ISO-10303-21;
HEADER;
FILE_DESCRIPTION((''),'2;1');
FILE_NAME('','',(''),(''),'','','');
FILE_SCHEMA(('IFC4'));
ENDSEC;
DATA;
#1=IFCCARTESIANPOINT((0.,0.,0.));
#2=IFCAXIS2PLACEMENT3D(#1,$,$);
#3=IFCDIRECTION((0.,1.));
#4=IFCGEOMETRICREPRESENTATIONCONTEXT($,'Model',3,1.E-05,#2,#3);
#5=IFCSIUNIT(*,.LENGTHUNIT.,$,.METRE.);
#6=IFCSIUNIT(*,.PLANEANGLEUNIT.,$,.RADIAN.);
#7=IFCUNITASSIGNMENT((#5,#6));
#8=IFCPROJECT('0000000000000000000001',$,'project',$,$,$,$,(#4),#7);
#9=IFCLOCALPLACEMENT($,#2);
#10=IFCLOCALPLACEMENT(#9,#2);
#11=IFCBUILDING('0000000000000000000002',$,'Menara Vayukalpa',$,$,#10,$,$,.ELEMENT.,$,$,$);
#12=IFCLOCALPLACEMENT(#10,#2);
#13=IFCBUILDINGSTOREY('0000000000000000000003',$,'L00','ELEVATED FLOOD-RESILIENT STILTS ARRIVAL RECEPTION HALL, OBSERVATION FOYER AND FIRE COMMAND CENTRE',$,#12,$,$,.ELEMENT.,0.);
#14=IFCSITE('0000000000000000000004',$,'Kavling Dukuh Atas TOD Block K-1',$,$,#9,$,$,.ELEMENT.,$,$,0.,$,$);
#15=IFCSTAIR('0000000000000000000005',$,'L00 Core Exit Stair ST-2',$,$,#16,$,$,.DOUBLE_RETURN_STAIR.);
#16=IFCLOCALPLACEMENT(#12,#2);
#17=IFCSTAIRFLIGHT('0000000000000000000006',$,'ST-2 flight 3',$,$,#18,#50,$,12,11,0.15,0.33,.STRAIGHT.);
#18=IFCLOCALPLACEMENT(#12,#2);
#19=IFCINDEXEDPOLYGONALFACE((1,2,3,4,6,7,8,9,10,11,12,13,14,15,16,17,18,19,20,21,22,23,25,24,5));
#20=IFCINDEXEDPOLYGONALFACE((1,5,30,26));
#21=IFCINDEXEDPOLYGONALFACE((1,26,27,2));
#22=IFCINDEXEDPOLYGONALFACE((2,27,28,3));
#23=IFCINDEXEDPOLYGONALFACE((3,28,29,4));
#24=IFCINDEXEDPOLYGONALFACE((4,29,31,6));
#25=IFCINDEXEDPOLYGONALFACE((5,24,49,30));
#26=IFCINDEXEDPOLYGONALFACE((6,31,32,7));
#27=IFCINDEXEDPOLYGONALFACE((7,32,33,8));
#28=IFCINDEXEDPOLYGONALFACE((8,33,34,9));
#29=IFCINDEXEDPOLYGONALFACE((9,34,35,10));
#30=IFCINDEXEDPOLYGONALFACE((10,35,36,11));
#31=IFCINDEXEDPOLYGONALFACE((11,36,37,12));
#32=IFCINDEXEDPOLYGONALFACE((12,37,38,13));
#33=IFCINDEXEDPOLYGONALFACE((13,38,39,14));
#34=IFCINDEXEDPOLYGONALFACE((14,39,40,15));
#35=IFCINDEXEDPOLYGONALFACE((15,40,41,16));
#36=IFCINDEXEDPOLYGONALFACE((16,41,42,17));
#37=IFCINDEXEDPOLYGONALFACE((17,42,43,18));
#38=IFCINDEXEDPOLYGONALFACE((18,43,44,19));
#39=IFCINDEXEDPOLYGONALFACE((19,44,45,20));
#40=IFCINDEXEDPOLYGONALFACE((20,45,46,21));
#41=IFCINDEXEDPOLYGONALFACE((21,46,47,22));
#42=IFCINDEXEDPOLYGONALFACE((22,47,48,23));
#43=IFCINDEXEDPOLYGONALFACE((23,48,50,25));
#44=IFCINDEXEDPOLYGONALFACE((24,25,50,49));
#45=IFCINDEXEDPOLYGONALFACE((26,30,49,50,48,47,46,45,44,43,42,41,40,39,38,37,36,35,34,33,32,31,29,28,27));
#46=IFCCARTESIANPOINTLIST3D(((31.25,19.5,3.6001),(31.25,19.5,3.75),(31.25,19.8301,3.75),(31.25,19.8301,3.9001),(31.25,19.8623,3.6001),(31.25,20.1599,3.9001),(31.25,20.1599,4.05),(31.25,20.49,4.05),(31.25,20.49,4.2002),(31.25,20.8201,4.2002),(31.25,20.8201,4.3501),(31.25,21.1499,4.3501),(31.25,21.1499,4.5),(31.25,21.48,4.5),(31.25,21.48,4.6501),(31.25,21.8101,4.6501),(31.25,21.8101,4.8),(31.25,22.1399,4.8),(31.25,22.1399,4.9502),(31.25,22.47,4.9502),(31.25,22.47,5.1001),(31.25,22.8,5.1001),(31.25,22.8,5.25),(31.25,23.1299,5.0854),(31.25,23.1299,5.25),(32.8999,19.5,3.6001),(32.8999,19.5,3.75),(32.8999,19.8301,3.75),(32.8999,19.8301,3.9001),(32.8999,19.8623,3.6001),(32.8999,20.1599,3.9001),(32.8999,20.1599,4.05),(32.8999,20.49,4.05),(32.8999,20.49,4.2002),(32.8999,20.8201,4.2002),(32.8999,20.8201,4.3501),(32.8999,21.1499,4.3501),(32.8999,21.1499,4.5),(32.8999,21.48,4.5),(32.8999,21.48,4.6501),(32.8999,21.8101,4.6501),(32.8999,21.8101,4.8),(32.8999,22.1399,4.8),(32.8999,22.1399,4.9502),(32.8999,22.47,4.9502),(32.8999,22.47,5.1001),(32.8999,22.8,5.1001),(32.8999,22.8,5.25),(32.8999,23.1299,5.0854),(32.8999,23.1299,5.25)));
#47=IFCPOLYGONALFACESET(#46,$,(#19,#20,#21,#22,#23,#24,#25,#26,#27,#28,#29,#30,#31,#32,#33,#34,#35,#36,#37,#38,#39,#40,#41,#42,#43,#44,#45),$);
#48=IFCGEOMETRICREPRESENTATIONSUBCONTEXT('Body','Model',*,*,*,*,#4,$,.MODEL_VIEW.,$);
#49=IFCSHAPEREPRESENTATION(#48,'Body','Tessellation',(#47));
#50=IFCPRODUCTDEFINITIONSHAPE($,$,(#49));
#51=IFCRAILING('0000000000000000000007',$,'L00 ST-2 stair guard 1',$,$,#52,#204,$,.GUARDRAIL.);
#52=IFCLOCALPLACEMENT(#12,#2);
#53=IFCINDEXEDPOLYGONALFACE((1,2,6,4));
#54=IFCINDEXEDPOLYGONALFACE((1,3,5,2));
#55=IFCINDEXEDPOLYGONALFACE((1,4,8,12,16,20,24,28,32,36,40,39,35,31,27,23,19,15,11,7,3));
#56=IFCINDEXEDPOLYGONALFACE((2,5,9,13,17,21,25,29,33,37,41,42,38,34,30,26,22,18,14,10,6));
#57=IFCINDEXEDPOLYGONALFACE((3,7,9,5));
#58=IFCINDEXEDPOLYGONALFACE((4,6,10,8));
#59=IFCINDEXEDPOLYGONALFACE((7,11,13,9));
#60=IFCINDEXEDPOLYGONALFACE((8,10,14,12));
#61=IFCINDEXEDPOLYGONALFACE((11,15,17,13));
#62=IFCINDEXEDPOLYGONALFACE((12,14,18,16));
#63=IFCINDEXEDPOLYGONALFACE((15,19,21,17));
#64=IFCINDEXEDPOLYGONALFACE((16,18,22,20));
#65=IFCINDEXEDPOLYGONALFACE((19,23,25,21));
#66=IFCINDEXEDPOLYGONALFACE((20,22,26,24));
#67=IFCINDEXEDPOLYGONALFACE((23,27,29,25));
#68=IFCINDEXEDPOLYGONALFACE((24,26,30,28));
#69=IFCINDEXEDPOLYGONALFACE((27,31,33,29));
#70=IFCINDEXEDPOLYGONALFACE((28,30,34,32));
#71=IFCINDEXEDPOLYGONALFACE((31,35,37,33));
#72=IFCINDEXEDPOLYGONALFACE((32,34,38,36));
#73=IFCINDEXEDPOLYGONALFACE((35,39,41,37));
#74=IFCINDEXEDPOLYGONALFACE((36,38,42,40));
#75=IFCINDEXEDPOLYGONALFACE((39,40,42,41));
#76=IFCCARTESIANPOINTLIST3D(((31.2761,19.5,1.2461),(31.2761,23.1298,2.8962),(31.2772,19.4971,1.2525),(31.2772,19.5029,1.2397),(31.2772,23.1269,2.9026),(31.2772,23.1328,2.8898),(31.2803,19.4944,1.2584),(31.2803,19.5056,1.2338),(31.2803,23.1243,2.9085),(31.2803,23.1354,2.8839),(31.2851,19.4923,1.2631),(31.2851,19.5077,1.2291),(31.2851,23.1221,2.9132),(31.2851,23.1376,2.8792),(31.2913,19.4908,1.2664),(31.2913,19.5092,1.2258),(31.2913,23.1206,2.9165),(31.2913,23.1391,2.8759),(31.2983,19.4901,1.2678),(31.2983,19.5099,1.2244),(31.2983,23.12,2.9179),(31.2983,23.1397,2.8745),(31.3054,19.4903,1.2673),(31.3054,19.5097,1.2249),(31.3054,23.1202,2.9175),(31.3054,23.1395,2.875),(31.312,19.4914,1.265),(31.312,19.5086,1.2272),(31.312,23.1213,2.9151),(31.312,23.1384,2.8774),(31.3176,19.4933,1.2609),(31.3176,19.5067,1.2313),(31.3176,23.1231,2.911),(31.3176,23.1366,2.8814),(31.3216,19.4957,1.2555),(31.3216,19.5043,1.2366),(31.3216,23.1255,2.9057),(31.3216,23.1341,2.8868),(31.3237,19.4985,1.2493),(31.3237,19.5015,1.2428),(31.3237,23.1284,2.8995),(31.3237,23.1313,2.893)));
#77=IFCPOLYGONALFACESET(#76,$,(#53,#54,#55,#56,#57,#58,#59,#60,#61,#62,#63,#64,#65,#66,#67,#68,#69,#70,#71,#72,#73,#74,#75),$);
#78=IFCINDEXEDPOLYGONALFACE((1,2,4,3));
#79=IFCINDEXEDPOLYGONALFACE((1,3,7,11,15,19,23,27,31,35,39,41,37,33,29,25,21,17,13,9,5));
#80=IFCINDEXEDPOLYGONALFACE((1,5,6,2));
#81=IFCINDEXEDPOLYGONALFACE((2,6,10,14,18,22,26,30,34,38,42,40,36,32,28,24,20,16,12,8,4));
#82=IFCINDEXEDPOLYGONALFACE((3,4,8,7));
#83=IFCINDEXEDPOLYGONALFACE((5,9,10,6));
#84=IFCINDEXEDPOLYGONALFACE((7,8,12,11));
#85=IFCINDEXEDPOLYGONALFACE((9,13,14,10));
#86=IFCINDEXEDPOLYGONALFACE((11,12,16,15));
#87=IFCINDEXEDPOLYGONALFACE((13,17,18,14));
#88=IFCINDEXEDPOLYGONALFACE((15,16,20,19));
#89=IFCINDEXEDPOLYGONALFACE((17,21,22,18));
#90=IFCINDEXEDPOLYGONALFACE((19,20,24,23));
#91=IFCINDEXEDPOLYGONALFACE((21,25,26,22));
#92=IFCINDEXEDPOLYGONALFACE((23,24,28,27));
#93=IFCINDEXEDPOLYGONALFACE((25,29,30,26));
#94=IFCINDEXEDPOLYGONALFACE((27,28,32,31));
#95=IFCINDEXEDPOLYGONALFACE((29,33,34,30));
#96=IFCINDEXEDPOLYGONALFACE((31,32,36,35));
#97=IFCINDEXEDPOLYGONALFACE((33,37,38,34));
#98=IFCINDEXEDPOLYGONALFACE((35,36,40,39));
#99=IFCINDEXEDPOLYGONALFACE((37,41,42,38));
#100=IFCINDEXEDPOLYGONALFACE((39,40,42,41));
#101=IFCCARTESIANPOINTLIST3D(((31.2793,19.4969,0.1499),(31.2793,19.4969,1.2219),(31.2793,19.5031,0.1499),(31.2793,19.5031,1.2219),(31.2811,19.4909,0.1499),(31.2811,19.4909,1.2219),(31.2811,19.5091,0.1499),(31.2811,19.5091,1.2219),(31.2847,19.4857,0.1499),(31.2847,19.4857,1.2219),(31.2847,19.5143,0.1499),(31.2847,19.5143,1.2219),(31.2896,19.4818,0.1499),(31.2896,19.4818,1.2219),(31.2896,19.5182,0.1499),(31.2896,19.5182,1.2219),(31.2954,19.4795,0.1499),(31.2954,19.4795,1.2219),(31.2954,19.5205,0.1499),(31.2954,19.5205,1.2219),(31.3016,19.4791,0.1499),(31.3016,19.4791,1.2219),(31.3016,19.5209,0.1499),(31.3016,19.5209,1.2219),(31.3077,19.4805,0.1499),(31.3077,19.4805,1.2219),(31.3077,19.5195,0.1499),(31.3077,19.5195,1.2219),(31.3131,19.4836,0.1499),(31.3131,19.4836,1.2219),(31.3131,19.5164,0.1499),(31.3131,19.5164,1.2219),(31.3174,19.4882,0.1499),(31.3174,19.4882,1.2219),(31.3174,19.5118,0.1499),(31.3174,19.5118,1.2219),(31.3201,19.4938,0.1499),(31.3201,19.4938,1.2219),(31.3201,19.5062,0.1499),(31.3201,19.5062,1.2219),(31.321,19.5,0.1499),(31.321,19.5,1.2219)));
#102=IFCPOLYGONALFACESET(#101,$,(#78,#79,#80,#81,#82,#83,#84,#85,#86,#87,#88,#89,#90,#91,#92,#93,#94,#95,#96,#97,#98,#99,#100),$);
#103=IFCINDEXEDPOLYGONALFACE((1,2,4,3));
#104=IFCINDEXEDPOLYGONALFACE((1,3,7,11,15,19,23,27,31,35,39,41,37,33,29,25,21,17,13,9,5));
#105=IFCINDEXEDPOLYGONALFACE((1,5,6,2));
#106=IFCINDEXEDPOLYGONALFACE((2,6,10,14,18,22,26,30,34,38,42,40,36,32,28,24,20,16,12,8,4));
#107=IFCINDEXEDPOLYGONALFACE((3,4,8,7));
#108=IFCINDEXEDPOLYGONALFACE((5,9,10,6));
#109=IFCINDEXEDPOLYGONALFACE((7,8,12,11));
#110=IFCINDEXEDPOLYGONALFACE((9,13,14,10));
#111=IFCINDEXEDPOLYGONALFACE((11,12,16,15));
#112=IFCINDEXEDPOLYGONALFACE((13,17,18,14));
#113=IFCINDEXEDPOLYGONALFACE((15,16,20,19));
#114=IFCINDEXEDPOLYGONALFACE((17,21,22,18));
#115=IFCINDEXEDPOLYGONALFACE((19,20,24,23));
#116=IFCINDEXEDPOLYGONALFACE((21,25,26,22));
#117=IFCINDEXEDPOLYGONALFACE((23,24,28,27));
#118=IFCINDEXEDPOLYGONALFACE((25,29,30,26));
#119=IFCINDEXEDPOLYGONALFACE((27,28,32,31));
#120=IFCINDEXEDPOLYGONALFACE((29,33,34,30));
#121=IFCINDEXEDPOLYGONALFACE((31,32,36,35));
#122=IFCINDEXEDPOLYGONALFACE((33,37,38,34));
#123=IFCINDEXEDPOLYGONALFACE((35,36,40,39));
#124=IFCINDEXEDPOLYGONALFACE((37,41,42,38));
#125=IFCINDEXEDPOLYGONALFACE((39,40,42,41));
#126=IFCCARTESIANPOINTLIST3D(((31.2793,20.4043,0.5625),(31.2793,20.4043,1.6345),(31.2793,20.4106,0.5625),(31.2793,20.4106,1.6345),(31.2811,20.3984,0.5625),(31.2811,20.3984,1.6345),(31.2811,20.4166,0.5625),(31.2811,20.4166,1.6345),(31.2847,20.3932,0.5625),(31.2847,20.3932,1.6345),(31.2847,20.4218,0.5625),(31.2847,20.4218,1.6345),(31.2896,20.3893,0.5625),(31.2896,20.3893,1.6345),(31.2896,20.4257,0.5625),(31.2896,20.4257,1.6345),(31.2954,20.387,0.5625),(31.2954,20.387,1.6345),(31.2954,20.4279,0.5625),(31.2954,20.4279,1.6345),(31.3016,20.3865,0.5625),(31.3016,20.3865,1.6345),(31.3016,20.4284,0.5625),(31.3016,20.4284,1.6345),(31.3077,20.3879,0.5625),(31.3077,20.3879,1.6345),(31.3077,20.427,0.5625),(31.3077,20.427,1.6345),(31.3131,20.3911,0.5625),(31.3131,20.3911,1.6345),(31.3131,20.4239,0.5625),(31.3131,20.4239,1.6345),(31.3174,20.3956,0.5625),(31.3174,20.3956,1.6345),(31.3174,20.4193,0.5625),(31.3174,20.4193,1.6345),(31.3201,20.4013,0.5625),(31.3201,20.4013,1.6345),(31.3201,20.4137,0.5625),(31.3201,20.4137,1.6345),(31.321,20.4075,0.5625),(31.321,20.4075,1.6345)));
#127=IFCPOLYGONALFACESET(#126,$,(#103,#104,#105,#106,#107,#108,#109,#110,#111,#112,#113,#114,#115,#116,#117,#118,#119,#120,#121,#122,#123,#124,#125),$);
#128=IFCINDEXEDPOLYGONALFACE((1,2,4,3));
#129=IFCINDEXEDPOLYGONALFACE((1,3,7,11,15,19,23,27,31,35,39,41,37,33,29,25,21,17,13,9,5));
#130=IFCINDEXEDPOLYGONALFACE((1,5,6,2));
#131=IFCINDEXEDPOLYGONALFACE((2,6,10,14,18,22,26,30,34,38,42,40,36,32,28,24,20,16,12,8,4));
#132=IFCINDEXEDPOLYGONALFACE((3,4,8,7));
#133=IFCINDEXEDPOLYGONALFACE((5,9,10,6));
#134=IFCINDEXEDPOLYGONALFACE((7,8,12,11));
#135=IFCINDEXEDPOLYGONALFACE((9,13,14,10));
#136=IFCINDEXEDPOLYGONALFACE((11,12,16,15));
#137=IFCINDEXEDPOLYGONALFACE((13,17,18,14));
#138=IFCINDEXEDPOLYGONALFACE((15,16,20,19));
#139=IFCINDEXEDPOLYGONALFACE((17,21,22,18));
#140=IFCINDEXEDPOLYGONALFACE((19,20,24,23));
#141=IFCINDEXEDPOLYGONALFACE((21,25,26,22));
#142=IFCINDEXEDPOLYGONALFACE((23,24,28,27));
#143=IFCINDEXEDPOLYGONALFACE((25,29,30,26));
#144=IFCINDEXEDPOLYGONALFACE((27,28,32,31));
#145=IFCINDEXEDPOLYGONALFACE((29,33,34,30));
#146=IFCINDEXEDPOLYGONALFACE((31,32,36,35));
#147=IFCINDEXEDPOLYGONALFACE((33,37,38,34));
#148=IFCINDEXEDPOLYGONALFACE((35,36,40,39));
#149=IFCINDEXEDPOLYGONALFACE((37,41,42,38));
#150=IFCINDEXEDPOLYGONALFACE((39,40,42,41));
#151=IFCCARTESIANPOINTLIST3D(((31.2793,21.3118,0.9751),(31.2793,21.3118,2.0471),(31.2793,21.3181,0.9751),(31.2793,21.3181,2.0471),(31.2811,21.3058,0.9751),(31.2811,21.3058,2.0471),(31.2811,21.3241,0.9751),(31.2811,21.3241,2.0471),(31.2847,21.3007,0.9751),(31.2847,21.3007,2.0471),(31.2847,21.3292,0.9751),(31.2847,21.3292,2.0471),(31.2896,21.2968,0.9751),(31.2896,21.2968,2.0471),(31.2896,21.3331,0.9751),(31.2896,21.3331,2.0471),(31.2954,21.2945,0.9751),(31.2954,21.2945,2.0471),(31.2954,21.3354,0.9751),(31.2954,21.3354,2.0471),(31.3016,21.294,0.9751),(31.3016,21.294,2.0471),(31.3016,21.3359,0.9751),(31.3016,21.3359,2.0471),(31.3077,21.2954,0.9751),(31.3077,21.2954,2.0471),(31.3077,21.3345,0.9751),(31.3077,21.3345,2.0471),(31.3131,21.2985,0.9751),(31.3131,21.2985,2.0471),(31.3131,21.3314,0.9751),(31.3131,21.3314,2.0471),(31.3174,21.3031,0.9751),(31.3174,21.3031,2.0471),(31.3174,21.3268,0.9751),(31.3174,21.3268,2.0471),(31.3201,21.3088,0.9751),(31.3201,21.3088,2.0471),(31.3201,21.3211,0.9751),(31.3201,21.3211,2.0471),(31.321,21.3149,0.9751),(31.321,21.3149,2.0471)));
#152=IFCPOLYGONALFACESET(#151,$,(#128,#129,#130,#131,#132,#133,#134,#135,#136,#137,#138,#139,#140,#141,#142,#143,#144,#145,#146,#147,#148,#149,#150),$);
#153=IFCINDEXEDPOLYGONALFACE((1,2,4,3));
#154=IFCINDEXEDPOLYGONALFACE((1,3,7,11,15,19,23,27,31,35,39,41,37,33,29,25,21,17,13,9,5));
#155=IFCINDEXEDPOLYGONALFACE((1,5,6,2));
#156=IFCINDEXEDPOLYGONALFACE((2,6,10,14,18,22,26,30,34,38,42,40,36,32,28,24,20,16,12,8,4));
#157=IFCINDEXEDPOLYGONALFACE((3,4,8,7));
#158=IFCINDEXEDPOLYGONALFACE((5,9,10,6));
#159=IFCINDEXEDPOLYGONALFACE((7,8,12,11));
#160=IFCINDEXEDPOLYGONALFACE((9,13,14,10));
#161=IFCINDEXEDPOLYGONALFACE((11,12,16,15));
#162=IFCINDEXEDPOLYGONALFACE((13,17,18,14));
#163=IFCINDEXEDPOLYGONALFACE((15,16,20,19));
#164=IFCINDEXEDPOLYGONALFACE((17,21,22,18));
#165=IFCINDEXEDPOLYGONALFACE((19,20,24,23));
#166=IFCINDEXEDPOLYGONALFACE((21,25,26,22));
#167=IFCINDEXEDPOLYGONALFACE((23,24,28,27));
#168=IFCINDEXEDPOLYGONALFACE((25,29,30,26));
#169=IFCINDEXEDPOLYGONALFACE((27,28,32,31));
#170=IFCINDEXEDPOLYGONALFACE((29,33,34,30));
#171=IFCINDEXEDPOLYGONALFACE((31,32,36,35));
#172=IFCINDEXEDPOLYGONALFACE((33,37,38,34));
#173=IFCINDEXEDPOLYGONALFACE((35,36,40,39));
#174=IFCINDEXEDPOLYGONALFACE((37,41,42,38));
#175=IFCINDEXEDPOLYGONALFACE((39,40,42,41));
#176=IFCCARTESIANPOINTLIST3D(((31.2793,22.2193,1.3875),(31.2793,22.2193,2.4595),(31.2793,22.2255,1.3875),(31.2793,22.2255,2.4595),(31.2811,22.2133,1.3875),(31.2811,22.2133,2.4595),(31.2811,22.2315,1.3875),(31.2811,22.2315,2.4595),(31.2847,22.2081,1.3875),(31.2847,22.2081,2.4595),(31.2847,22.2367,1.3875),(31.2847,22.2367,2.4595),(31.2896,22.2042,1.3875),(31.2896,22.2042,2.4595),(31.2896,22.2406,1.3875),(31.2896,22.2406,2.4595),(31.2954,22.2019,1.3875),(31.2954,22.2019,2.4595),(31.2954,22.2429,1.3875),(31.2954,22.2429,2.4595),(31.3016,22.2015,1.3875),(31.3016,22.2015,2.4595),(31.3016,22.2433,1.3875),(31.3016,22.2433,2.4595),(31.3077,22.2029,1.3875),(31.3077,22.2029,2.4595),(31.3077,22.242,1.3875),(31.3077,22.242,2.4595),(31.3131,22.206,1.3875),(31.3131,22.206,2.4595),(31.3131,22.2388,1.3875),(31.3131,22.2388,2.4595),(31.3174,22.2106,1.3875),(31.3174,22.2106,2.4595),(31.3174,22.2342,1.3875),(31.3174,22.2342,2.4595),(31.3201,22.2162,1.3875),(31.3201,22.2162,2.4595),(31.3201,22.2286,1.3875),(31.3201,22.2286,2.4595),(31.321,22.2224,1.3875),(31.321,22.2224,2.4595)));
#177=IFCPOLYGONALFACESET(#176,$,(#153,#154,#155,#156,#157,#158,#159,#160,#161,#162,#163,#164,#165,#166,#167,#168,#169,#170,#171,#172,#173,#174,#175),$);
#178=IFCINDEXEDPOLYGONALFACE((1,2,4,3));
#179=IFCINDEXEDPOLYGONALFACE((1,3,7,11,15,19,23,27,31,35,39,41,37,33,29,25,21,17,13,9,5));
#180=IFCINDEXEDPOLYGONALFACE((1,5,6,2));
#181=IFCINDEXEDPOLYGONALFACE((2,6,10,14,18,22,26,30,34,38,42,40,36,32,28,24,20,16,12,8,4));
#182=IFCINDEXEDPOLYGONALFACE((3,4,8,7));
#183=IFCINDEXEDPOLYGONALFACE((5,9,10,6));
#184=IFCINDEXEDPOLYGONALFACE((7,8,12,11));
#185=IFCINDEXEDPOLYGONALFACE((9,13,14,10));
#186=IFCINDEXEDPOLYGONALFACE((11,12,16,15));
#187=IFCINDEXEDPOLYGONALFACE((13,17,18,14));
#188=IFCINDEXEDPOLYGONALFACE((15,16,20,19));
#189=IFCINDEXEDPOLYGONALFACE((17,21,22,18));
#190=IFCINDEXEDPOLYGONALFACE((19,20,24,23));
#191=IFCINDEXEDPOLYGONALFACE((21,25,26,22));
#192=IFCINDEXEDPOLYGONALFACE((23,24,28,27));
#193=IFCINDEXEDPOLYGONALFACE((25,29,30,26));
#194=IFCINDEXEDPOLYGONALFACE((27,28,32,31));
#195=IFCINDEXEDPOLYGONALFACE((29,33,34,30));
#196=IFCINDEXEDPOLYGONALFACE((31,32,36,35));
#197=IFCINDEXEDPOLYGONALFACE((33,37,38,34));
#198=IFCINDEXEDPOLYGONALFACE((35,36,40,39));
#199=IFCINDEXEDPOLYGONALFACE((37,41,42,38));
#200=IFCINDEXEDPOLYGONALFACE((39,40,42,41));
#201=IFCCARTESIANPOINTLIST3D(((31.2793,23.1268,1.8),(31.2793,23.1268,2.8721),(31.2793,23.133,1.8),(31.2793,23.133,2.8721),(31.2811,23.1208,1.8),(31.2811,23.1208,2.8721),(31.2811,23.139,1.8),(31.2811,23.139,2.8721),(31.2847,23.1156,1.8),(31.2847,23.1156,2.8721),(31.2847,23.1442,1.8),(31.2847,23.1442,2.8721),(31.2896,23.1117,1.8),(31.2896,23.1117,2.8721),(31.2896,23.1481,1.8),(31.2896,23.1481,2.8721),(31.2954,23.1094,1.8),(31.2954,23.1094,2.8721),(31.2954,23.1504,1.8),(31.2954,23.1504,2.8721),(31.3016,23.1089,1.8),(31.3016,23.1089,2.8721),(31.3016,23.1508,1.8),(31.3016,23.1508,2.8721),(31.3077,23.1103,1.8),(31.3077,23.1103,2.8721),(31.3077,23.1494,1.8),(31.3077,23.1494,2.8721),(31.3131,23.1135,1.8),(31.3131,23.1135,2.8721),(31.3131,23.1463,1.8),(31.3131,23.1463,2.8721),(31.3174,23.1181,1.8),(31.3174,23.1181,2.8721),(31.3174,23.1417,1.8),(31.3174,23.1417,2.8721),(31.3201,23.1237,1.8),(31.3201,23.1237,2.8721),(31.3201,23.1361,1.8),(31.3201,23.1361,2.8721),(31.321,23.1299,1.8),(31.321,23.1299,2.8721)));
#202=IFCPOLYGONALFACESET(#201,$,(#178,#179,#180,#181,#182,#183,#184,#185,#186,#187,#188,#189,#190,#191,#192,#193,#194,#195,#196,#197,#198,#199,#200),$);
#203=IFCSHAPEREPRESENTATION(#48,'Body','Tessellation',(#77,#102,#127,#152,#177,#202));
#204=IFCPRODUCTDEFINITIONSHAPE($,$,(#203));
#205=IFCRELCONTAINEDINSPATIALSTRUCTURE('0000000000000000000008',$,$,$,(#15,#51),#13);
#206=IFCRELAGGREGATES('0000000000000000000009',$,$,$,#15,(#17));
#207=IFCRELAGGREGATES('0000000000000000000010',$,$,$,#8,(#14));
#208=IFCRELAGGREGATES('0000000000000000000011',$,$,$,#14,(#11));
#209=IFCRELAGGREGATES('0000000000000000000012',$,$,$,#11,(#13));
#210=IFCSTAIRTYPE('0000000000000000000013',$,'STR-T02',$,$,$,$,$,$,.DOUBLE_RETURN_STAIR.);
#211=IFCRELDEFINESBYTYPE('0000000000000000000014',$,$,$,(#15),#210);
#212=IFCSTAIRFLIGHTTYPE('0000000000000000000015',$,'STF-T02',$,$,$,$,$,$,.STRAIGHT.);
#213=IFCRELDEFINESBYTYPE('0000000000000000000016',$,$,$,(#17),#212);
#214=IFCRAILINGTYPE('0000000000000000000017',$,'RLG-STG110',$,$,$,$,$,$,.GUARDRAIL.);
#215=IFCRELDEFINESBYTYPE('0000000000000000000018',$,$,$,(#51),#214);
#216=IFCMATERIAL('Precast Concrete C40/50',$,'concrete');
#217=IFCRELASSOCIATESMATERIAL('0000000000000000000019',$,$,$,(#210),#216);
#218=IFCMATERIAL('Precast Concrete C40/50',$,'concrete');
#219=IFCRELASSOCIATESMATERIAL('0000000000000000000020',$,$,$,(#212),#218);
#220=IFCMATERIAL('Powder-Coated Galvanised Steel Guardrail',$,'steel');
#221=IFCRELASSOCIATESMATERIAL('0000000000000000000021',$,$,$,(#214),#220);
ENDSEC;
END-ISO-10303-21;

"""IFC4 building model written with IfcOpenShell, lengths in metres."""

from ifc_helpers import new_model, si_unit, direction, frame, origin, origin_2d, place, context, subcontext, project, spatial, polyline, circle, outline, extrude, material, type_object, element, aggregate, save


model = new_model("IFC4")

# Units and contexts
model_context = context("Model", 3, precision=1e-05, world=origin(), true_north=direction((0.0, 1.0)))
body_context = subcontext(model_context, "Body", "Model", "MODEL_VIEW")
ifc_project = project(units=[si_unit("LENGTHUNIT", "METRE"), si_unit("PLANEANGLEUNIT", "RADIAN")], contexts=[model_context])

# Site, building, storey
site_placement = place(None, origin())
site = spatial("IfcSite", under=ifc_project, at=site_placement, Name="Kavling Dukuh Atas TOD Block K-1", CompositionType="ELEMENT", RefElevation=0.0)
building_placement = place(site_placement, origin())
building = spatial("IfcBuilding", under=site, at=building_placement, Name="Menara Vayukalpa", CompositionType="ELEMENT")
storey_placement = place(building_placement, origin())
storey = spatial("IfcBuildingStorey", under=building, at=storey_placement, Name="L00", Description="ELEVATED FLOOD-RESILIENT STILTS ARRIVAL RECEPTION HALL, OBSERVATION FOYER AND FIRE COMMAND CENTRE", CompositionType="ELEMENT", Elevation=0.0)

# Stair, stair flight
ifc_material_1 = material(Name="Precast Concrete C40/50", Category="concrete")
stair_type = type_object("IfcStairType", Name="STR-T02", PredefinedType="DOUBLE_RETURN_STAIR", material=ifc_material_1)
stair_placement = place(storey_placement, origin())
stair = element("IfcStair", 1, at=stair_placement, inside=storey, type_object=stair_type, Name="L00 Core Exit Stair ST-2", PredefinedType="DOUBLE_RETURN_STAIR")
ifc_material_2 = material(Name="Precast Concrete C40/50", Category="concrete")
stair_flight_type = type_object("IfcStairFlightType", Name="STF-T02", PredefinedType="STRAIGHT", material=ifc_material_2)
stair_flight_1_placement = place(storey_placement, frame((32.075, 19.5, 3.6001), z_axis=(0.0, 0.0, 1.0), x_axis=(0.0, 1.0, 0.0)))
stair_flight_1 = element("IfcStairFlight", 2, at=stair_flight_1_placement, type_object=stair_flight_type, Name="ST-2 flight 3", NumberOfRisers=12, NumberOfTreads=11, PredefinedType="STRAIGHT", RiserHeight=0.15, TreadLength=0.33, context=body_context, shape_type="SweptSolid", body=[
    extrude(outline(polyline([(0.0, 0.0), (0.0, 0.1499), (0.3301, 0.1499), (0.3301, 0.3), (0.6599, 0.3), (0.6599, 0.45), (0.99, 0.45), (0.99, 0.6001), (1.3201, 0.6001), (1.3201, 0.75), (1.6499, 0.75), (1.6499, 0.8999), (1.98, 0.8999), (1.98, 1.05), (2.3101, 1.05), (2.3101, 1.2), (2.6399, 1.2), (2.6399, 1.3501), (2.97, 1.3501), (2.97, 1.5), (3.3, 1.5), (3.3, 1.6499), (3.6299, 1.6499), (3.6299, 1.8), (3.6299, 1.4854), (0.3623, 0.0), (0.0, 0.0)])), frame((0.0, 0.825, 0.0), z_axis=(0.0, -1.0, 0.0), x_axis=(1.0, 0.0, 0.0)), (0.0, 0.0, 1.0), 1.6499),
])
aggregate(stair, [stair_flight_1])

# Railing
ifc_material_3 = material(Name="Powder-Coated Galvanised Steel Guardrail", Category="steel")
railing_type_1 = type_object("IfcRailingType", Name="RLG-STG110", PredefinedType="GUARDRAIL", material=ifc_material_3)
railing_1_placement = place(storey_placement, frame((31.3, 19.5, 0.1499)))
element("IfcRailing", 3, at=railing_1_placement, inside=storey, type_object=railing_type_1, Name="L00 ST-2 stair guard 1", PredefinedType="GUARDRAIL", context=body_context, shape_type="SweptSolid", body=[
    extrude(circle(Radius=0.0239, at=origin_2d()), frame((0.0, 0.0, 1.0962), z_axis=(0.0, 0.910348, 0.413844), x_axis=(-1.0, 0.0, 0.0)), (0.0, 0.0, 1.0), 3.9873),
    extrude(circle(Radius=0.021, at=origin_2d()), origin(), (0.0, 0.0, 1.0), 1.072),
    extrude(circle(Radius=0.021, at=origin_2d()), frame((0.0, 0.9075, 0.4126)), (0.0, 0.0, 1.0), 1.072),
    extrude(circle(Radius=0.021, at=origin_2d()), frame((0.0, 1.8149, 0.8252)), (0.0, 0.0, 1.0), 1.072),
    extrude(circle(Radius=0.021, at=origin_2d()), frame((0.0, 2.7224, 1.2375)), (0.0, 0.0, 1.0), 1.072),
    extrude(circle(Radius=0.021, at=origin_2d()), frame((0.0, 3.6299, 1.6501)), (0.0, 0.0, 1.0), 1.072),
])

save(model, "model.ifc")
